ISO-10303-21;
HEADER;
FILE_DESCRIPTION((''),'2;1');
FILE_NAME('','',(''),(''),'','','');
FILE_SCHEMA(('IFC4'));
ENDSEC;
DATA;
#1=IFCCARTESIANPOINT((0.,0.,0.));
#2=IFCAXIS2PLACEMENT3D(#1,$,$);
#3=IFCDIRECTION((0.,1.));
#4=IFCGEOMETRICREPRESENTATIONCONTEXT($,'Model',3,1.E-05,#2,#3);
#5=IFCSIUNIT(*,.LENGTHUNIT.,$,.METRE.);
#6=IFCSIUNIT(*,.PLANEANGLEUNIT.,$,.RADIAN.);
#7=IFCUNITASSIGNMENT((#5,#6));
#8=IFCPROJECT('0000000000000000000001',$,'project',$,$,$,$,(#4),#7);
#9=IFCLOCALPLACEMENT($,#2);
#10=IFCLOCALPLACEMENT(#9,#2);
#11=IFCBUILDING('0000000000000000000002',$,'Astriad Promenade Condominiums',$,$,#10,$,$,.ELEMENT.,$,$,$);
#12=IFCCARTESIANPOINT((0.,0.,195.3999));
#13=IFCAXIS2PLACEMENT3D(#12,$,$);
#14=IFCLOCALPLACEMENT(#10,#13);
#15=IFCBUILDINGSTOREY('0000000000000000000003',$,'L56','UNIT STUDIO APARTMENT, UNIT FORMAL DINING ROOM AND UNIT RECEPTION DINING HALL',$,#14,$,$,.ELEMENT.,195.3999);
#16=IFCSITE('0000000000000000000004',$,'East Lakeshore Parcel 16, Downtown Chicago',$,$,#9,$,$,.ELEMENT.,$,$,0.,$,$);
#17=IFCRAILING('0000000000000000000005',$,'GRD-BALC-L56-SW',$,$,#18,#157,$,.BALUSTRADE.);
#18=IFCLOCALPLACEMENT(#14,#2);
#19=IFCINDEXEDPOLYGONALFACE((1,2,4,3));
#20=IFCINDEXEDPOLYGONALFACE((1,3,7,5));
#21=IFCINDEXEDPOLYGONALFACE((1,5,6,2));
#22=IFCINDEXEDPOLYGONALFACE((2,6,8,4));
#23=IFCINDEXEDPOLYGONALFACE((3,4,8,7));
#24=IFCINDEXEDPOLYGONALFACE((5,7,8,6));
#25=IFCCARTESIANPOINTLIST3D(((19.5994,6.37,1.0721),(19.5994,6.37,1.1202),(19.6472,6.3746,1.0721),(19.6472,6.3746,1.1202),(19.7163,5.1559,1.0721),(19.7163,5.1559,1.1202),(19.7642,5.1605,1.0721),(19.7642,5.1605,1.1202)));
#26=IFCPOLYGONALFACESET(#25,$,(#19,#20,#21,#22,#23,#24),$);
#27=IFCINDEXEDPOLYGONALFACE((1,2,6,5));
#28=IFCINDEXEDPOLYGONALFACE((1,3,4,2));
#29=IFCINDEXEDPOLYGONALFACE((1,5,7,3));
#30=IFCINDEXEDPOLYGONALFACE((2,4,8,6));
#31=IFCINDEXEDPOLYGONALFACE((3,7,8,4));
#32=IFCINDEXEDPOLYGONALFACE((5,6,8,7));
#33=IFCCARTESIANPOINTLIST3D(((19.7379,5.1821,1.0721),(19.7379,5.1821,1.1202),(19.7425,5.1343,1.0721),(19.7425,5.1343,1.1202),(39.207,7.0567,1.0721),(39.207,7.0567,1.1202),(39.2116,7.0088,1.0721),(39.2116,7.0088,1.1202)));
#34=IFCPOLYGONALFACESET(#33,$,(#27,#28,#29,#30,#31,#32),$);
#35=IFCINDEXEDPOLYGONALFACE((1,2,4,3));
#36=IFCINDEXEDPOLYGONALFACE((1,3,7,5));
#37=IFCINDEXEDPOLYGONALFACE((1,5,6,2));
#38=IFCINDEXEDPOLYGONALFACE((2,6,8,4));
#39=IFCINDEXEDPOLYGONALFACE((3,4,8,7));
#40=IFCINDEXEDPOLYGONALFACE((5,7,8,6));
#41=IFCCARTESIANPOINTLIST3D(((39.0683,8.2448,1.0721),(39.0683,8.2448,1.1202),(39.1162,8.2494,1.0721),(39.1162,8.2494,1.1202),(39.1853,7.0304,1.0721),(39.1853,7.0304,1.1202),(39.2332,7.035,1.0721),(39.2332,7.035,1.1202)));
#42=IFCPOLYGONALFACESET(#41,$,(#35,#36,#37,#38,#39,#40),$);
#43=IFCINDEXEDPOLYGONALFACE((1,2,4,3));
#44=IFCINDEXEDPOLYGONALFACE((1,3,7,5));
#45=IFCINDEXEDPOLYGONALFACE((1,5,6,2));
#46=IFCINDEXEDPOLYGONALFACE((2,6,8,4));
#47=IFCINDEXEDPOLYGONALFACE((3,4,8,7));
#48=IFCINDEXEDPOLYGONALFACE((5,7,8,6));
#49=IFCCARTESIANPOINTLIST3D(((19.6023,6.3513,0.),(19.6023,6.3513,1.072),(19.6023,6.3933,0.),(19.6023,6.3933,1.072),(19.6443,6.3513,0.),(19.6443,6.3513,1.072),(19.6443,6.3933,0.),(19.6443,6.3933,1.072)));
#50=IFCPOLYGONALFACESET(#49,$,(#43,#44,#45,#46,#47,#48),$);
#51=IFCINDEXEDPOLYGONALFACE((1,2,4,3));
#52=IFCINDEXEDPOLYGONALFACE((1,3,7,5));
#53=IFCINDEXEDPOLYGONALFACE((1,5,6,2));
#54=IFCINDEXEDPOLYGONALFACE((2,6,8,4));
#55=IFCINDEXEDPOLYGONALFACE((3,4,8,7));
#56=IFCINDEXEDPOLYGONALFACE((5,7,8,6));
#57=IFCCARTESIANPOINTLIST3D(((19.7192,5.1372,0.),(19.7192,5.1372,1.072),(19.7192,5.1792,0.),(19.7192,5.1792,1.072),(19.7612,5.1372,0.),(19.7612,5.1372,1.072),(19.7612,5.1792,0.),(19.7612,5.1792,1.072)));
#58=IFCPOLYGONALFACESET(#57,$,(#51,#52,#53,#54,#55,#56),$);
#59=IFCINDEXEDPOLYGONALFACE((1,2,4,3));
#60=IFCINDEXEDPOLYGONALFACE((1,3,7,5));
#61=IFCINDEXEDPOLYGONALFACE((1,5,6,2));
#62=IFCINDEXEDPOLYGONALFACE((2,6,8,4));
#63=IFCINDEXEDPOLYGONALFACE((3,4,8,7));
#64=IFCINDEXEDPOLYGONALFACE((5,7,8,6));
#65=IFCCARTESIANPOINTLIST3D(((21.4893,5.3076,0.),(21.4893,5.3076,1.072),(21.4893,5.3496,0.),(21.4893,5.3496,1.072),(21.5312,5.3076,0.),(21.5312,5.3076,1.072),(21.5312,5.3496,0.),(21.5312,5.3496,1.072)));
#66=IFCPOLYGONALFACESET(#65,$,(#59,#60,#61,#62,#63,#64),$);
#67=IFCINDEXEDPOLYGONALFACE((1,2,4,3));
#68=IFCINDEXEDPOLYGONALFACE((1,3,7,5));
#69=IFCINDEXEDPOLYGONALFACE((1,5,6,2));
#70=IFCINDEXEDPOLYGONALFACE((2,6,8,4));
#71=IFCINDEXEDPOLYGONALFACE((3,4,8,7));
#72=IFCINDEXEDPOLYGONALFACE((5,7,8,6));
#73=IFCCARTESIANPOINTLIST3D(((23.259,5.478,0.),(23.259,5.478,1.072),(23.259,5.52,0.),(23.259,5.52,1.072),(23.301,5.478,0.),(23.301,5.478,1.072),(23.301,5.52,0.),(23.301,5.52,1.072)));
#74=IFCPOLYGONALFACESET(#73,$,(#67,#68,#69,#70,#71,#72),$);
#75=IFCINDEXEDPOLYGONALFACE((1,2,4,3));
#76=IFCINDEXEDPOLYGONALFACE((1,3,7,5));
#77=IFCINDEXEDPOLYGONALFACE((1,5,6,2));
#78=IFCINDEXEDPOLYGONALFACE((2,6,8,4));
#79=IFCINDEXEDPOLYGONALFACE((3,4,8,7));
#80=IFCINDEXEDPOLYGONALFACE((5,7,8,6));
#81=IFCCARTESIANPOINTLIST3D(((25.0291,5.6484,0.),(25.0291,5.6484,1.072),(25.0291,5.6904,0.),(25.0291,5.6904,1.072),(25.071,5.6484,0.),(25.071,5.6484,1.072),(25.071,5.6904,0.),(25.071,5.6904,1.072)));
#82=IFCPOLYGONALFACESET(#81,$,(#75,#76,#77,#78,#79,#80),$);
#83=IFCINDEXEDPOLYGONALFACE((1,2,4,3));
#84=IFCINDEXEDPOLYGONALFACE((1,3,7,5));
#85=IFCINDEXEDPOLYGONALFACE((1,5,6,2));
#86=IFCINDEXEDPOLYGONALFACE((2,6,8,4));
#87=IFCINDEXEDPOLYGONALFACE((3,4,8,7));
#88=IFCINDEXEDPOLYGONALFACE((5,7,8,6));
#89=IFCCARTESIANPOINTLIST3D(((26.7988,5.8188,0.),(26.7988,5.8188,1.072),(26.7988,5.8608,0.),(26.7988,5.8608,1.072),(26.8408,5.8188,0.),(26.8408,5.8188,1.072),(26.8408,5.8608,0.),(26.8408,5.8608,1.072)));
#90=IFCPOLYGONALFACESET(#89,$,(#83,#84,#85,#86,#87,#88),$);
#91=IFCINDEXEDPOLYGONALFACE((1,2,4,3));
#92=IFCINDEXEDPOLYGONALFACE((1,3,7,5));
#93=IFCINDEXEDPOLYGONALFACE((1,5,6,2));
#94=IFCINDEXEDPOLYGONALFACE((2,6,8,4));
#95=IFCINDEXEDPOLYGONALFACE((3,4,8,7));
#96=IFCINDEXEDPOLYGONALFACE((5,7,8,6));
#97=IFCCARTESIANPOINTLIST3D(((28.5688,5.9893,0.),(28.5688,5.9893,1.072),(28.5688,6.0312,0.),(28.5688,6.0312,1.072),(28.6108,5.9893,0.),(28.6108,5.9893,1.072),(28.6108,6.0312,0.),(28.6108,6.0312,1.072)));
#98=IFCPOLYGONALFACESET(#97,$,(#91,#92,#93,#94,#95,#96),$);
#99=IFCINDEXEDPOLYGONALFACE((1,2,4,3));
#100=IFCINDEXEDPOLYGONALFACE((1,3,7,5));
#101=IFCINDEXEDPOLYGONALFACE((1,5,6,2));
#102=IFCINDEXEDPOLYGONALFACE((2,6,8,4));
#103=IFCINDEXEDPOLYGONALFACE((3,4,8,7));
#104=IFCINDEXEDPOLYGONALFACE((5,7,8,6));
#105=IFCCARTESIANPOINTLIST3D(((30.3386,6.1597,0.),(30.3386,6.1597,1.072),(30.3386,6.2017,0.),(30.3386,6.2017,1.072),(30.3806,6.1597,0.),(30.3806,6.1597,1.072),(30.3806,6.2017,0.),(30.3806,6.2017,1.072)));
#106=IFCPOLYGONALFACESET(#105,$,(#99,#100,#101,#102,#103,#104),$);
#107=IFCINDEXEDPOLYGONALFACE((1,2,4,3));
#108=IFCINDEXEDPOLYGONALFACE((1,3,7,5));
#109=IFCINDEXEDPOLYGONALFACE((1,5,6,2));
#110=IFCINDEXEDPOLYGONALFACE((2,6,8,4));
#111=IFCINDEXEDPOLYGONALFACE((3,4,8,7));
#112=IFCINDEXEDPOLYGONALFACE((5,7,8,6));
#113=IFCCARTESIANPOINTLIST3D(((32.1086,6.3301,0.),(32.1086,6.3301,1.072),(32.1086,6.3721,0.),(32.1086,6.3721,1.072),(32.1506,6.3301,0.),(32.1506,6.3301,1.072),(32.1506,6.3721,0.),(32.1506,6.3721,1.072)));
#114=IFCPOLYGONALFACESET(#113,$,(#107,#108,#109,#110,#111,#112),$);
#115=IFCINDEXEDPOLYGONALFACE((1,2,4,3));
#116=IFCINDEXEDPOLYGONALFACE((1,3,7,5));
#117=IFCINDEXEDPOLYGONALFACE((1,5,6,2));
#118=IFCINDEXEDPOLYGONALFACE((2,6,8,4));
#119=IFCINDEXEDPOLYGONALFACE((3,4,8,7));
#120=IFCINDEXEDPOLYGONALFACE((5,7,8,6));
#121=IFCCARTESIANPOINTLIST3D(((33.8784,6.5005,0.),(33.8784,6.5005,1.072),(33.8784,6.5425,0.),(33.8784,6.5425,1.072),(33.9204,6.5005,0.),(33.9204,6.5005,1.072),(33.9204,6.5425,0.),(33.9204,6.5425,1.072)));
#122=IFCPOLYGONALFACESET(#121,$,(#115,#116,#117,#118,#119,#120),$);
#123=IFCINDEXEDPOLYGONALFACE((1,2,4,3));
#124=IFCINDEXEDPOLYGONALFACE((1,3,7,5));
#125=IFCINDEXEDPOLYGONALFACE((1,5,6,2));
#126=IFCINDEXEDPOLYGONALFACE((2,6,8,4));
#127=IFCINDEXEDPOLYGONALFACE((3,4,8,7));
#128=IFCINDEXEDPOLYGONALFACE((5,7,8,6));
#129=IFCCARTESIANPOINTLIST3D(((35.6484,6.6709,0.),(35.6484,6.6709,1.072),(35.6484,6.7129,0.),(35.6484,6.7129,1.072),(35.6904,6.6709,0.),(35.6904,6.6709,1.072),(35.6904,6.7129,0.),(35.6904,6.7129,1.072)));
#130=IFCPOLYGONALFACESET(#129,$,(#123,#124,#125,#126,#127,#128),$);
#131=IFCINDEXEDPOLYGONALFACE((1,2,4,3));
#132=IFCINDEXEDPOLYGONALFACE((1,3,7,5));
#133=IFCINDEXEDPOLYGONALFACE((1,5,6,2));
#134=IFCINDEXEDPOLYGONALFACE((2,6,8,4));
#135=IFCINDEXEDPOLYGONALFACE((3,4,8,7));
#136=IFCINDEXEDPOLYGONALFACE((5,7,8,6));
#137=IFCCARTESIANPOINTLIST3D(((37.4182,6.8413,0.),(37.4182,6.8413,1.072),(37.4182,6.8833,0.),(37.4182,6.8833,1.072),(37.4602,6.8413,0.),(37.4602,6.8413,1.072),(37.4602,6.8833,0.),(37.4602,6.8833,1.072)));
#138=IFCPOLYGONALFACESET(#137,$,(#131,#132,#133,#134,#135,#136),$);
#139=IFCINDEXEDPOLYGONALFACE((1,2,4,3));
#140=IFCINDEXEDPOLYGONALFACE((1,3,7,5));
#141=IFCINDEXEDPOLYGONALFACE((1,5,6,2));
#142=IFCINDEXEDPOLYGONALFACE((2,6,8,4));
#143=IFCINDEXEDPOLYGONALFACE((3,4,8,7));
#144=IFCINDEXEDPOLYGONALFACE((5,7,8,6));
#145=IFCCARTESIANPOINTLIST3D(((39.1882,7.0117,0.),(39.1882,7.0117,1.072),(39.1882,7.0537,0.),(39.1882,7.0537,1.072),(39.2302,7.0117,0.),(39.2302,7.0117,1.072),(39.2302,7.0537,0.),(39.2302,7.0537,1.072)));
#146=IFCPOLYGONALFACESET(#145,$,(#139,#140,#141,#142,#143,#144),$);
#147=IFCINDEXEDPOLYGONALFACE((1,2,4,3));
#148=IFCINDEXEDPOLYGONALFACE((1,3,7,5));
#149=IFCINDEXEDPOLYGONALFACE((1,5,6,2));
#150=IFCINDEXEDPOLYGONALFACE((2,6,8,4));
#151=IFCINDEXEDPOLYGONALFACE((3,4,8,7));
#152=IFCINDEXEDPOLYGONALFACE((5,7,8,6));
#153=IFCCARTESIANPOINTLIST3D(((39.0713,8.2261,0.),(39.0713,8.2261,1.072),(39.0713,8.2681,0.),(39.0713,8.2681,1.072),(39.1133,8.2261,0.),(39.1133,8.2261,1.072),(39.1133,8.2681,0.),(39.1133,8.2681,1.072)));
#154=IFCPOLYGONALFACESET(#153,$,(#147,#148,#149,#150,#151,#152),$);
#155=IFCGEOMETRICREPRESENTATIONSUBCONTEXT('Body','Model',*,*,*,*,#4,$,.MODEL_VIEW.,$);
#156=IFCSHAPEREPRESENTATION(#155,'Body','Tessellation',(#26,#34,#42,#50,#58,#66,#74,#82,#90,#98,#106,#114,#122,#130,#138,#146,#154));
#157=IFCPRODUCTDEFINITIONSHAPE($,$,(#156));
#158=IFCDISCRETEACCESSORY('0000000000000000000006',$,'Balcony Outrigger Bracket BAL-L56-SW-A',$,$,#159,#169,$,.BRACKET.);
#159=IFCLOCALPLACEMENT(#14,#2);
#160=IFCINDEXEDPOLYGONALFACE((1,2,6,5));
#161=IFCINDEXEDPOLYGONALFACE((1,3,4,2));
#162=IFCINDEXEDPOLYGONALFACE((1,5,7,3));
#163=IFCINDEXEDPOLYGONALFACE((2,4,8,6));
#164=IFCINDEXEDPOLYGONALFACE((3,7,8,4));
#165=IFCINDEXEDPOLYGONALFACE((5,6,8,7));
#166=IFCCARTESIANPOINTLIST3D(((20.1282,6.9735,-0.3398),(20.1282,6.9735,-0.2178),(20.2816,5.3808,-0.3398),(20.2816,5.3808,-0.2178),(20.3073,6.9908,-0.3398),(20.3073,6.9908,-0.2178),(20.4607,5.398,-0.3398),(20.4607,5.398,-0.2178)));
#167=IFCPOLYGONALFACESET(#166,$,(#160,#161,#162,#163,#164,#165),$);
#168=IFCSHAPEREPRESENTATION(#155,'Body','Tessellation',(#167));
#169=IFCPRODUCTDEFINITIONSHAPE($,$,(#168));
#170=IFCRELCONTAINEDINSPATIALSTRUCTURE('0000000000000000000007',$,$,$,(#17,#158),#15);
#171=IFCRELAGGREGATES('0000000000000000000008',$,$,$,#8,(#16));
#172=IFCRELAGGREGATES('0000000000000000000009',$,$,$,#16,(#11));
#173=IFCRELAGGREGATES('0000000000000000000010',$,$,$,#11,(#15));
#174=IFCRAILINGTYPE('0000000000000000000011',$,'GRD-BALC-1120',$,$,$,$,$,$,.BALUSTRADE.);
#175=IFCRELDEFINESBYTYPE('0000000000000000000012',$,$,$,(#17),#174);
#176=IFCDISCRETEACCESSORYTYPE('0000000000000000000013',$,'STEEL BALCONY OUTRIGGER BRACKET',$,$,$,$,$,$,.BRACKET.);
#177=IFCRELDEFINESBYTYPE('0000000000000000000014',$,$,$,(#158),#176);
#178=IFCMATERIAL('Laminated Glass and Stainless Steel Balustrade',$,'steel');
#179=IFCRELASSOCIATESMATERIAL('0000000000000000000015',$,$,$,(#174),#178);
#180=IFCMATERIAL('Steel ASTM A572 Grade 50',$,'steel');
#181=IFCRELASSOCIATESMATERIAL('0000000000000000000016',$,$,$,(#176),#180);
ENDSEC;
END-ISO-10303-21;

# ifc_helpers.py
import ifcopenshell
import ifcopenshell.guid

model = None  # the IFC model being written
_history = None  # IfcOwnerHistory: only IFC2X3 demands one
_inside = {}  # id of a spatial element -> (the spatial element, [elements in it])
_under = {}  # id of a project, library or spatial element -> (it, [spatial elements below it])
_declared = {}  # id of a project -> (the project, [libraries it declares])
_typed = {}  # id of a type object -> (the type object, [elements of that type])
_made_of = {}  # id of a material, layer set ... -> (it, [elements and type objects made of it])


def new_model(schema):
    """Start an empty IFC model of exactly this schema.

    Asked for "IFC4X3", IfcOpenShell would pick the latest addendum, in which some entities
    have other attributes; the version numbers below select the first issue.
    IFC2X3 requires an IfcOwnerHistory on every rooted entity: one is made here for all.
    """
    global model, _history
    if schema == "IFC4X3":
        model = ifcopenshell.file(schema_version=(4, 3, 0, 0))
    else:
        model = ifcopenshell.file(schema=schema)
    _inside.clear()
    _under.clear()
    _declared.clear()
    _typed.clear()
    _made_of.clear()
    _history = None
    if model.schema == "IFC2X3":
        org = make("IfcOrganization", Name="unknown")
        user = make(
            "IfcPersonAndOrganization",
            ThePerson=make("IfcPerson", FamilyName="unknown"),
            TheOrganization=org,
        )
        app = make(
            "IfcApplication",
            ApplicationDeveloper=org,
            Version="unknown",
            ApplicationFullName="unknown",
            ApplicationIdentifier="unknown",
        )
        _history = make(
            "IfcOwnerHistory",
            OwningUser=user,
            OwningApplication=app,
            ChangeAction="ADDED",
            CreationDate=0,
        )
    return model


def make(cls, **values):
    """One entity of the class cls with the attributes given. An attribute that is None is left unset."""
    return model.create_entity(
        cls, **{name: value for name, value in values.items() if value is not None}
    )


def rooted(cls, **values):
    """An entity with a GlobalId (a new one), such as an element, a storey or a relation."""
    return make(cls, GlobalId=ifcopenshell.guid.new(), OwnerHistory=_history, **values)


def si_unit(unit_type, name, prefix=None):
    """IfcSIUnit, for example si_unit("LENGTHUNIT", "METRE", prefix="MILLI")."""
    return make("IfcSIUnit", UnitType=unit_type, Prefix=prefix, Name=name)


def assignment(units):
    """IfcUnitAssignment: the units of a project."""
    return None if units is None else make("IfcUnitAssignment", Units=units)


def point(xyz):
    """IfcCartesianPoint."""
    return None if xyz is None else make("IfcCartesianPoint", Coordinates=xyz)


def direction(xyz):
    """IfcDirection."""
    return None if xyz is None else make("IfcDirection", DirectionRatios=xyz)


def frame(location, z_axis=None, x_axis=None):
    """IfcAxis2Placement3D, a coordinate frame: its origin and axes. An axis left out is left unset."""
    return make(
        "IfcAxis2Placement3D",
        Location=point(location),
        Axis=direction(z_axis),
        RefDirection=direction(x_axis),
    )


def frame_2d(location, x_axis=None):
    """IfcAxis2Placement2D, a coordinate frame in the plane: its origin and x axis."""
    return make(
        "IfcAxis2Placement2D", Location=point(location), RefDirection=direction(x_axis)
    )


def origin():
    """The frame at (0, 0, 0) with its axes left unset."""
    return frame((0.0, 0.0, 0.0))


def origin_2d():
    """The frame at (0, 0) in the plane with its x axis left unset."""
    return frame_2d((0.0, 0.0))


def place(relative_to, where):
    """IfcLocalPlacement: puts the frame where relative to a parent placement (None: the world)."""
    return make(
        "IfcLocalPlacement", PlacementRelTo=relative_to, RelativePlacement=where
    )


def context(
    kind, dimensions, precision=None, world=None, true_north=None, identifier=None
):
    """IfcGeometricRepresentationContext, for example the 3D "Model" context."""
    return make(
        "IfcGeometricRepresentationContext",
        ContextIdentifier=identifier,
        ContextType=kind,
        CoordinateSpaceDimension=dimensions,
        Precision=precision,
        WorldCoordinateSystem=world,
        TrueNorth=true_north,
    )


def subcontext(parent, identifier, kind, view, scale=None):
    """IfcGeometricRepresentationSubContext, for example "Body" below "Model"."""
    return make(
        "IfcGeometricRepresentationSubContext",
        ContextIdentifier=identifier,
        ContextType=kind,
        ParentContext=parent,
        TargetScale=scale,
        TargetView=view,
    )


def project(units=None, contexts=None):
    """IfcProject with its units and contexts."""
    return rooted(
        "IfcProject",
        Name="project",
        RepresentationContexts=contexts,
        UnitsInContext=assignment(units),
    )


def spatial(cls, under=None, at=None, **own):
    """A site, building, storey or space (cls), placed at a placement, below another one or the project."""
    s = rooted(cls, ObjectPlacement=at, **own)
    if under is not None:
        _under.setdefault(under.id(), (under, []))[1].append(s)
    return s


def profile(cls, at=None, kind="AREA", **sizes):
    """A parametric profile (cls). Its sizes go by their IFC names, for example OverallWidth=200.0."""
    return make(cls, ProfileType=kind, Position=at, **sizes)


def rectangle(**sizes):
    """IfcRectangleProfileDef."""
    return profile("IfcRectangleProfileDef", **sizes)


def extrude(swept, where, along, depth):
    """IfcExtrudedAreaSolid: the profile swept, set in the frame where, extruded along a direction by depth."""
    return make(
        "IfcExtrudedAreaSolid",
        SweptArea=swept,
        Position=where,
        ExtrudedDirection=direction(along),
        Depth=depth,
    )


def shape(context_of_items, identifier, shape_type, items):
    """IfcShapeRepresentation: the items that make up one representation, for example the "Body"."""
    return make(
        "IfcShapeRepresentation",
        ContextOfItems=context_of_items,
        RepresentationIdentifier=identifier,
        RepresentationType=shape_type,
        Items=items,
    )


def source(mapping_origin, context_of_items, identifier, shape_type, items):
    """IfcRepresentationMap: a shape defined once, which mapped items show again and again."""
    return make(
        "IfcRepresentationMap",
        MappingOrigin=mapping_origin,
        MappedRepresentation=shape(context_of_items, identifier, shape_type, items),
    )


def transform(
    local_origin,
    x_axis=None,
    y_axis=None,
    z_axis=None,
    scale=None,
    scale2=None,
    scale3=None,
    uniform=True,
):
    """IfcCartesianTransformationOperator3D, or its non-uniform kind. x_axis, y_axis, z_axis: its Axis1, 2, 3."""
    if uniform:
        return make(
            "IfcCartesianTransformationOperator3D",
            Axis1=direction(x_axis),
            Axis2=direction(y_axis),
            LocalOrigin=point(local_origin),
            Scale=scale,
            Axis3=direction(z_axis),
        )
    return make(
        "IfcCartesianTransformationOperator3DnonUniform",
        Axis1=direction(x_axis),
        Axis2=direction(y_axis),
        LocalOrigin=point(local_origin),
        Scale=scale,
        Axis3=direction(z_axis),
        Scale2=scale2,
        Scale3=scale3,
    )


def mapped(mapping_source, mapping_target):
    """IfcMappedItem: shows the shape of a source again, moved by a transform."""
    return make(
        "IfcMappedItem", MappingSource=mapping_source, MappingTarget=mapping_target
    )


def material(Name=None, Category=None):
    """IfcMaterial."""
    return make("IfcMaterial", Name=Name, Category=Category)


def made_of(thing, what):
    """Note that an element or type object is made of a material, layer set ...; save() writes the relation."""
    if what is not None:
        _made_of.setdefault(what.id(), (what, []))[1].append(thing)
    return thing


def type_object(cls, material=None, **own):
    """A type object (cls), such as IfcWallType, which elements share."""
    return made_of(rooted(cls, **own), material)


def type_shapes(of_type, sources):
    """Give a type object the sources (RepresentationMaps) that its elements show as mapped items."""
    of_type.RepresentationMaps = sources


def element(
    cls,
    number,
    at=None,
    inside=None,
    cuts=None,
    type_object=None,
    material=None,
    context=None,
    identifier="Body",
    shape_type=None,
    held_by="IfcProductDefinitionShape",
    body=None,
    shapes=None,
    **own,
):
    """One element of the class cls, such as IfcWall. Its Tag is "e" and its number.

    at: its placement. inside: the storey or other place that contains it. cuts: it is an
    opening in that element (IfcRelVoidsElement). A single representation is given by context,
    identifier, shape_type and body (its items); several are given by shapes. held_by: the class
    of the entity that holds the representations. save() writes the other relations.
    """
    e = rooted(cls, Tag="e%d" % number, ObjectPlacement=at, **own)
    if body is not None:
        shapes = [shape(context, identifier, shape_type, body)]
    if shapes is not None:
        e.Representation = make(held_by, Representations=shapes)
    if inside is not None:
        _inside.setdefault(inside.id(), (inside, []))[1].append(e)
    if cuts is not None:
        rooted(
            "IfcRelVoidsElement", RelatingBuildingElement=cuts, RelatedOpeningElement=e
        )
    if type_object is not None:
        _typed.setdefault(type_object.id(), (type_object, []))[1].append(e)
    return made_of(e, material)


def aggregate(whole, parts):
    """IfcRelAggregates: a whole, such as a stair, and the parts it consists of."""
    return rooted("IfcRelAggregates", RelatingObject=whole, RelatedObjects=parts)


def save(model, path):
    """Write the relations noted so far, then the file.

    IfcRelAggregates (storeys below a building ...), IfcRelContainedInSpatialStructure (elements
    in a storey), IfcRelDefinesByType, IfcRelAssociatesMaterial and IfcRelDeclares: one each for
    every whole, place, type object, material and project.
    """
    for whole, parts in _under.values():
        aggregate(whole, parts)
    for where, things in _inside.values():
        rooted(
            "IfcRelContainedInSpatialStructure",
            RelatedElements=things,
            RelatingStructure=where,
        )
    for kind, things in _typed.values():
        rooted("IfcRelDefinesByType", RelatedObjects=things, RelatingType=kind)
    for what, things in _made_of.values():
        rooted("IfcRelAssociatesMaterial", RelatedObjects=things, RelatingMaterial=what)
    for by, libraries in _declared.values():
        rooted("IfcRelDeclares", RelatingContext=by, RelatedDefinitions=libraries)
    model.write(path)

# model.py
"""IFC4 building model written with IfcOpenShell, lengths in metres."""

from ifc_helpers import new_model, si_unit, direction, frame, origin, origin_2d, place, context, subcontext, project, spatial, rectangle, extrude, source, transform, mapped, material, type_object, type_shapes, element, save


model = new_model("IFC4")

# Units and contexts
model_context = context("Model", 3, precision=1e-05, world=origin(), true_north=direction((0.0, 1.0)))
body_context = subcontext(model_context, "Body", "Model", "MODEL_VIEW")
ifc_project = project(units=[si_unit("LENGTHUNIT", "METRE"), si_unit("PLANEANGLEUNIT", "RADIAN")], contexts=[model_context])

# Site, building, storey
site_placement = place(None, origin())
site = spatial("IfcSite", under=ifc_project, at=site_placement, Name="East Lakeshore Parcel 16, Downtown Chicago", CompositionType="ELEMENT", RefElevation=0.0)
building_placement = place(site_placement, origin())
building = spatial("IfcBuilding", under=site, at=building_placement, Name="Astriad Promenade Condominiums", CompositionType="ELEMENT")
storey_placement = place(building_placement, frame((0.0, 0.0, 195.3999)))
storey = spatial("IfcBuildingStorey", under=building, at=storey_placement, Name="L56", Description="UNIT STUDIO APARTMENT, UNIT FORMAL DINING ROOM AND UNIT RECEPTION DINING HALL", CompositionType="ELEMENT", Elevation=195.3999)

# Railing
ifc_material_1 = material(Name="Laminated Glass and Stainless Steel Balustrade", Category="steel")
railing_type = type_object("IfcRailingType", Name="GRD-BALC-1120", PredefinedType="BALUSTRADE", material=ifc_material_1)
shared_shape_1 = source(origin(), body_context, "Body", "SweptSolid", [
    extrude(rectangle(XDim=0.0481, YDim=0.0481, at=origin_2d()), frame((0.0, 0.0, 1.0962), z_axis=(0.095876, -0.995393, 0.0), x_axis=(0.995393, 0.095876, 0.0)), (0.0, 0.0, 1.0), 1.2197),
    extrude(rectangle(XDim=0.0481, YDim=0.0481, at=origin_2d()), frame((0.1169, -1.2141, 1.0962), z_axis=(0.995397, 0.095839, 0.0), x_axis=(-0.095839, 0.995397, 0.0)), (0.0, 0.0, 1.0), 19.5591),
    extrude(rectangle(XDim=0.0481, YDim=0.0481, at=origin_2d()), frame((19.5859, 0.6604, 1.0962), z_axis=(-0.095857, 0.995395, 0.0), x_axis=(-0.995395, -0.095857, 0.0)), (0.0, 0.0, 1.0), 1.22),
    extrude(rectangle(XDim=0.042, YDim=0.042, at=origin_2d()), origin(), (0.0, 0.0, 1.0), 1.072),
    extrude(rectangle(XDim=0.042, YDim=0.042, at=origin_2d()), frame((0.1169, -1.2141, 0.0)), (0.0, 0.0, 1.0), 1.072),
    extrude(rectangle(XDim=0.042, YDim=0.042, at=origin_2d()), frame((1.887, -1.0437, 0.0)), (0.0, 0.0, 1.0), 1.072),
    extrude(rectangle(XDim=0.042, YDim=0.042, at=origin_2d()), frame((3.6567, -0.8733, 0.0)), (0.0, 0.0, 1.0), 1.072),
    extrude(rectangle(XDim=0.042, YDim=0.042, at=origin_2d()), frame((5.4268, -0.7029, 0.0)), (0.0, 0.0, 1.0), 1.072),
    extrude(rectangle(XDim=0.042, YDim=0.042, at=origin_2d()), frame((7.1965, -0.5325, 0.0)), (0.0, 0.0, 1.0), 1.072),
    extrude(rectangle(XDim=0.042, YDim=0.042, at=origin_2d()), frame((8.9666, -0.3621, 0.0)), (0.0, 0.0, 1.0), 1.072),
    extrude(rectangle(XDim=0.042, YDim=0.042, at=origin_2d()), frame((10.7363, -0.1917, 0.0)), (0.0, 0.0, 1.0), 1.072),
    extrude(rectangle(XDim=0.042, YDim=0.042, at=origin_2d()), frame((12.5063, -0.0212, 0.0)), (0.0, 0.0, 1.0), 1.072),
    extrude(rectangle(XDim=0.042, YDim=0.042, at=origin_2d()), frame((14.2761, 0.1492, 0.0)), (0.0, 0.0, 1.0), 1.072),
    extrude(rectangle(XDim=0.042, YDim=0.042, at=origin_2d()), frame((16.0461, 0.3196, 0.0)), (0.0, 0.0, 1.0), 1.072),
    extrude(rectangle(XDim=0.042, YDim=0.042, at=origin_2d()), frame((17.8159, 0.49, 0.0)), (0.0, 0.0, 1.0), 1.072),
    extrude(rectangle(XDim=0.042, YDim=0.042, at=origin_2d()), frame((19.5859, 0.6604, 0.0)), (0.0, 0.0, 1.0), 1.072),
    extrude(rectangle(XDim=0.042, YDim=0.042, at=origin_2d()), frame((19.469, 1.8748, 0.0)), (0.0, 0.0, 1.0), 1.072),
])
type_shapes(railing_type, [shared_shape_1])
railing_placement = place(storey_placement, frame((19.6233, 6.3723, 0.0)))
element("IfcRailing", 1, at=railing_placement, inside=storey, type_object=railing_type, Name="GRD-BALC-L56-SW", PredefinedType="BALUSTRADE", context=body_context, shape_type="MappedRepresentation", body=[
    mapped(shared_shape_1, transform((0.0, 0.0, 0.0), scale=1.0)),
])

# Discrete accessory
ifc_material_2 = material(Name="Steel ASTM A572 Grade 50", Category="steel")
discrete_accessory_type = type_object("IfcDiscreteAccessoryType", Name="STEEL BALCONY OUTRIGGER BRACKET", PredefinedType="BRACKET", material=ifc_material_2)
shared_shape_2 = source(origin(), body_context, "Body", "SweptSolid", [
    extrude(rectangle(XDim=1.6001, YDim=0.1799, at=origin_2d()), origin(), (0.0, 0.0, 1.0), 0.1221),
])
type_shapes(discrete_accessory_type, [shared_shape_2])
discrete_accessory_placement = place(storey_placement, frame((20.2944, 6.1858, -0.3398), z_axis=(0.0, 0.0, 1.0), x_axis=(0.095846, -0.995396, 0.0)))
element("IfcDiscreteAccessory", 2, at=discrete_accessory_placement, inside=storey, type_object=discrete_accessory_type, Name="Balcony Outrigger Bracket BAL-L56-SW-A", PredefinedType="BRACKET", context=body_context, shape_type="MappedRepresentation", body=[
    mapped(shared_shape_2, transform((0.0, 0.0, 0.0), scale=1.0)),
])

save(model, "model.ifc")
